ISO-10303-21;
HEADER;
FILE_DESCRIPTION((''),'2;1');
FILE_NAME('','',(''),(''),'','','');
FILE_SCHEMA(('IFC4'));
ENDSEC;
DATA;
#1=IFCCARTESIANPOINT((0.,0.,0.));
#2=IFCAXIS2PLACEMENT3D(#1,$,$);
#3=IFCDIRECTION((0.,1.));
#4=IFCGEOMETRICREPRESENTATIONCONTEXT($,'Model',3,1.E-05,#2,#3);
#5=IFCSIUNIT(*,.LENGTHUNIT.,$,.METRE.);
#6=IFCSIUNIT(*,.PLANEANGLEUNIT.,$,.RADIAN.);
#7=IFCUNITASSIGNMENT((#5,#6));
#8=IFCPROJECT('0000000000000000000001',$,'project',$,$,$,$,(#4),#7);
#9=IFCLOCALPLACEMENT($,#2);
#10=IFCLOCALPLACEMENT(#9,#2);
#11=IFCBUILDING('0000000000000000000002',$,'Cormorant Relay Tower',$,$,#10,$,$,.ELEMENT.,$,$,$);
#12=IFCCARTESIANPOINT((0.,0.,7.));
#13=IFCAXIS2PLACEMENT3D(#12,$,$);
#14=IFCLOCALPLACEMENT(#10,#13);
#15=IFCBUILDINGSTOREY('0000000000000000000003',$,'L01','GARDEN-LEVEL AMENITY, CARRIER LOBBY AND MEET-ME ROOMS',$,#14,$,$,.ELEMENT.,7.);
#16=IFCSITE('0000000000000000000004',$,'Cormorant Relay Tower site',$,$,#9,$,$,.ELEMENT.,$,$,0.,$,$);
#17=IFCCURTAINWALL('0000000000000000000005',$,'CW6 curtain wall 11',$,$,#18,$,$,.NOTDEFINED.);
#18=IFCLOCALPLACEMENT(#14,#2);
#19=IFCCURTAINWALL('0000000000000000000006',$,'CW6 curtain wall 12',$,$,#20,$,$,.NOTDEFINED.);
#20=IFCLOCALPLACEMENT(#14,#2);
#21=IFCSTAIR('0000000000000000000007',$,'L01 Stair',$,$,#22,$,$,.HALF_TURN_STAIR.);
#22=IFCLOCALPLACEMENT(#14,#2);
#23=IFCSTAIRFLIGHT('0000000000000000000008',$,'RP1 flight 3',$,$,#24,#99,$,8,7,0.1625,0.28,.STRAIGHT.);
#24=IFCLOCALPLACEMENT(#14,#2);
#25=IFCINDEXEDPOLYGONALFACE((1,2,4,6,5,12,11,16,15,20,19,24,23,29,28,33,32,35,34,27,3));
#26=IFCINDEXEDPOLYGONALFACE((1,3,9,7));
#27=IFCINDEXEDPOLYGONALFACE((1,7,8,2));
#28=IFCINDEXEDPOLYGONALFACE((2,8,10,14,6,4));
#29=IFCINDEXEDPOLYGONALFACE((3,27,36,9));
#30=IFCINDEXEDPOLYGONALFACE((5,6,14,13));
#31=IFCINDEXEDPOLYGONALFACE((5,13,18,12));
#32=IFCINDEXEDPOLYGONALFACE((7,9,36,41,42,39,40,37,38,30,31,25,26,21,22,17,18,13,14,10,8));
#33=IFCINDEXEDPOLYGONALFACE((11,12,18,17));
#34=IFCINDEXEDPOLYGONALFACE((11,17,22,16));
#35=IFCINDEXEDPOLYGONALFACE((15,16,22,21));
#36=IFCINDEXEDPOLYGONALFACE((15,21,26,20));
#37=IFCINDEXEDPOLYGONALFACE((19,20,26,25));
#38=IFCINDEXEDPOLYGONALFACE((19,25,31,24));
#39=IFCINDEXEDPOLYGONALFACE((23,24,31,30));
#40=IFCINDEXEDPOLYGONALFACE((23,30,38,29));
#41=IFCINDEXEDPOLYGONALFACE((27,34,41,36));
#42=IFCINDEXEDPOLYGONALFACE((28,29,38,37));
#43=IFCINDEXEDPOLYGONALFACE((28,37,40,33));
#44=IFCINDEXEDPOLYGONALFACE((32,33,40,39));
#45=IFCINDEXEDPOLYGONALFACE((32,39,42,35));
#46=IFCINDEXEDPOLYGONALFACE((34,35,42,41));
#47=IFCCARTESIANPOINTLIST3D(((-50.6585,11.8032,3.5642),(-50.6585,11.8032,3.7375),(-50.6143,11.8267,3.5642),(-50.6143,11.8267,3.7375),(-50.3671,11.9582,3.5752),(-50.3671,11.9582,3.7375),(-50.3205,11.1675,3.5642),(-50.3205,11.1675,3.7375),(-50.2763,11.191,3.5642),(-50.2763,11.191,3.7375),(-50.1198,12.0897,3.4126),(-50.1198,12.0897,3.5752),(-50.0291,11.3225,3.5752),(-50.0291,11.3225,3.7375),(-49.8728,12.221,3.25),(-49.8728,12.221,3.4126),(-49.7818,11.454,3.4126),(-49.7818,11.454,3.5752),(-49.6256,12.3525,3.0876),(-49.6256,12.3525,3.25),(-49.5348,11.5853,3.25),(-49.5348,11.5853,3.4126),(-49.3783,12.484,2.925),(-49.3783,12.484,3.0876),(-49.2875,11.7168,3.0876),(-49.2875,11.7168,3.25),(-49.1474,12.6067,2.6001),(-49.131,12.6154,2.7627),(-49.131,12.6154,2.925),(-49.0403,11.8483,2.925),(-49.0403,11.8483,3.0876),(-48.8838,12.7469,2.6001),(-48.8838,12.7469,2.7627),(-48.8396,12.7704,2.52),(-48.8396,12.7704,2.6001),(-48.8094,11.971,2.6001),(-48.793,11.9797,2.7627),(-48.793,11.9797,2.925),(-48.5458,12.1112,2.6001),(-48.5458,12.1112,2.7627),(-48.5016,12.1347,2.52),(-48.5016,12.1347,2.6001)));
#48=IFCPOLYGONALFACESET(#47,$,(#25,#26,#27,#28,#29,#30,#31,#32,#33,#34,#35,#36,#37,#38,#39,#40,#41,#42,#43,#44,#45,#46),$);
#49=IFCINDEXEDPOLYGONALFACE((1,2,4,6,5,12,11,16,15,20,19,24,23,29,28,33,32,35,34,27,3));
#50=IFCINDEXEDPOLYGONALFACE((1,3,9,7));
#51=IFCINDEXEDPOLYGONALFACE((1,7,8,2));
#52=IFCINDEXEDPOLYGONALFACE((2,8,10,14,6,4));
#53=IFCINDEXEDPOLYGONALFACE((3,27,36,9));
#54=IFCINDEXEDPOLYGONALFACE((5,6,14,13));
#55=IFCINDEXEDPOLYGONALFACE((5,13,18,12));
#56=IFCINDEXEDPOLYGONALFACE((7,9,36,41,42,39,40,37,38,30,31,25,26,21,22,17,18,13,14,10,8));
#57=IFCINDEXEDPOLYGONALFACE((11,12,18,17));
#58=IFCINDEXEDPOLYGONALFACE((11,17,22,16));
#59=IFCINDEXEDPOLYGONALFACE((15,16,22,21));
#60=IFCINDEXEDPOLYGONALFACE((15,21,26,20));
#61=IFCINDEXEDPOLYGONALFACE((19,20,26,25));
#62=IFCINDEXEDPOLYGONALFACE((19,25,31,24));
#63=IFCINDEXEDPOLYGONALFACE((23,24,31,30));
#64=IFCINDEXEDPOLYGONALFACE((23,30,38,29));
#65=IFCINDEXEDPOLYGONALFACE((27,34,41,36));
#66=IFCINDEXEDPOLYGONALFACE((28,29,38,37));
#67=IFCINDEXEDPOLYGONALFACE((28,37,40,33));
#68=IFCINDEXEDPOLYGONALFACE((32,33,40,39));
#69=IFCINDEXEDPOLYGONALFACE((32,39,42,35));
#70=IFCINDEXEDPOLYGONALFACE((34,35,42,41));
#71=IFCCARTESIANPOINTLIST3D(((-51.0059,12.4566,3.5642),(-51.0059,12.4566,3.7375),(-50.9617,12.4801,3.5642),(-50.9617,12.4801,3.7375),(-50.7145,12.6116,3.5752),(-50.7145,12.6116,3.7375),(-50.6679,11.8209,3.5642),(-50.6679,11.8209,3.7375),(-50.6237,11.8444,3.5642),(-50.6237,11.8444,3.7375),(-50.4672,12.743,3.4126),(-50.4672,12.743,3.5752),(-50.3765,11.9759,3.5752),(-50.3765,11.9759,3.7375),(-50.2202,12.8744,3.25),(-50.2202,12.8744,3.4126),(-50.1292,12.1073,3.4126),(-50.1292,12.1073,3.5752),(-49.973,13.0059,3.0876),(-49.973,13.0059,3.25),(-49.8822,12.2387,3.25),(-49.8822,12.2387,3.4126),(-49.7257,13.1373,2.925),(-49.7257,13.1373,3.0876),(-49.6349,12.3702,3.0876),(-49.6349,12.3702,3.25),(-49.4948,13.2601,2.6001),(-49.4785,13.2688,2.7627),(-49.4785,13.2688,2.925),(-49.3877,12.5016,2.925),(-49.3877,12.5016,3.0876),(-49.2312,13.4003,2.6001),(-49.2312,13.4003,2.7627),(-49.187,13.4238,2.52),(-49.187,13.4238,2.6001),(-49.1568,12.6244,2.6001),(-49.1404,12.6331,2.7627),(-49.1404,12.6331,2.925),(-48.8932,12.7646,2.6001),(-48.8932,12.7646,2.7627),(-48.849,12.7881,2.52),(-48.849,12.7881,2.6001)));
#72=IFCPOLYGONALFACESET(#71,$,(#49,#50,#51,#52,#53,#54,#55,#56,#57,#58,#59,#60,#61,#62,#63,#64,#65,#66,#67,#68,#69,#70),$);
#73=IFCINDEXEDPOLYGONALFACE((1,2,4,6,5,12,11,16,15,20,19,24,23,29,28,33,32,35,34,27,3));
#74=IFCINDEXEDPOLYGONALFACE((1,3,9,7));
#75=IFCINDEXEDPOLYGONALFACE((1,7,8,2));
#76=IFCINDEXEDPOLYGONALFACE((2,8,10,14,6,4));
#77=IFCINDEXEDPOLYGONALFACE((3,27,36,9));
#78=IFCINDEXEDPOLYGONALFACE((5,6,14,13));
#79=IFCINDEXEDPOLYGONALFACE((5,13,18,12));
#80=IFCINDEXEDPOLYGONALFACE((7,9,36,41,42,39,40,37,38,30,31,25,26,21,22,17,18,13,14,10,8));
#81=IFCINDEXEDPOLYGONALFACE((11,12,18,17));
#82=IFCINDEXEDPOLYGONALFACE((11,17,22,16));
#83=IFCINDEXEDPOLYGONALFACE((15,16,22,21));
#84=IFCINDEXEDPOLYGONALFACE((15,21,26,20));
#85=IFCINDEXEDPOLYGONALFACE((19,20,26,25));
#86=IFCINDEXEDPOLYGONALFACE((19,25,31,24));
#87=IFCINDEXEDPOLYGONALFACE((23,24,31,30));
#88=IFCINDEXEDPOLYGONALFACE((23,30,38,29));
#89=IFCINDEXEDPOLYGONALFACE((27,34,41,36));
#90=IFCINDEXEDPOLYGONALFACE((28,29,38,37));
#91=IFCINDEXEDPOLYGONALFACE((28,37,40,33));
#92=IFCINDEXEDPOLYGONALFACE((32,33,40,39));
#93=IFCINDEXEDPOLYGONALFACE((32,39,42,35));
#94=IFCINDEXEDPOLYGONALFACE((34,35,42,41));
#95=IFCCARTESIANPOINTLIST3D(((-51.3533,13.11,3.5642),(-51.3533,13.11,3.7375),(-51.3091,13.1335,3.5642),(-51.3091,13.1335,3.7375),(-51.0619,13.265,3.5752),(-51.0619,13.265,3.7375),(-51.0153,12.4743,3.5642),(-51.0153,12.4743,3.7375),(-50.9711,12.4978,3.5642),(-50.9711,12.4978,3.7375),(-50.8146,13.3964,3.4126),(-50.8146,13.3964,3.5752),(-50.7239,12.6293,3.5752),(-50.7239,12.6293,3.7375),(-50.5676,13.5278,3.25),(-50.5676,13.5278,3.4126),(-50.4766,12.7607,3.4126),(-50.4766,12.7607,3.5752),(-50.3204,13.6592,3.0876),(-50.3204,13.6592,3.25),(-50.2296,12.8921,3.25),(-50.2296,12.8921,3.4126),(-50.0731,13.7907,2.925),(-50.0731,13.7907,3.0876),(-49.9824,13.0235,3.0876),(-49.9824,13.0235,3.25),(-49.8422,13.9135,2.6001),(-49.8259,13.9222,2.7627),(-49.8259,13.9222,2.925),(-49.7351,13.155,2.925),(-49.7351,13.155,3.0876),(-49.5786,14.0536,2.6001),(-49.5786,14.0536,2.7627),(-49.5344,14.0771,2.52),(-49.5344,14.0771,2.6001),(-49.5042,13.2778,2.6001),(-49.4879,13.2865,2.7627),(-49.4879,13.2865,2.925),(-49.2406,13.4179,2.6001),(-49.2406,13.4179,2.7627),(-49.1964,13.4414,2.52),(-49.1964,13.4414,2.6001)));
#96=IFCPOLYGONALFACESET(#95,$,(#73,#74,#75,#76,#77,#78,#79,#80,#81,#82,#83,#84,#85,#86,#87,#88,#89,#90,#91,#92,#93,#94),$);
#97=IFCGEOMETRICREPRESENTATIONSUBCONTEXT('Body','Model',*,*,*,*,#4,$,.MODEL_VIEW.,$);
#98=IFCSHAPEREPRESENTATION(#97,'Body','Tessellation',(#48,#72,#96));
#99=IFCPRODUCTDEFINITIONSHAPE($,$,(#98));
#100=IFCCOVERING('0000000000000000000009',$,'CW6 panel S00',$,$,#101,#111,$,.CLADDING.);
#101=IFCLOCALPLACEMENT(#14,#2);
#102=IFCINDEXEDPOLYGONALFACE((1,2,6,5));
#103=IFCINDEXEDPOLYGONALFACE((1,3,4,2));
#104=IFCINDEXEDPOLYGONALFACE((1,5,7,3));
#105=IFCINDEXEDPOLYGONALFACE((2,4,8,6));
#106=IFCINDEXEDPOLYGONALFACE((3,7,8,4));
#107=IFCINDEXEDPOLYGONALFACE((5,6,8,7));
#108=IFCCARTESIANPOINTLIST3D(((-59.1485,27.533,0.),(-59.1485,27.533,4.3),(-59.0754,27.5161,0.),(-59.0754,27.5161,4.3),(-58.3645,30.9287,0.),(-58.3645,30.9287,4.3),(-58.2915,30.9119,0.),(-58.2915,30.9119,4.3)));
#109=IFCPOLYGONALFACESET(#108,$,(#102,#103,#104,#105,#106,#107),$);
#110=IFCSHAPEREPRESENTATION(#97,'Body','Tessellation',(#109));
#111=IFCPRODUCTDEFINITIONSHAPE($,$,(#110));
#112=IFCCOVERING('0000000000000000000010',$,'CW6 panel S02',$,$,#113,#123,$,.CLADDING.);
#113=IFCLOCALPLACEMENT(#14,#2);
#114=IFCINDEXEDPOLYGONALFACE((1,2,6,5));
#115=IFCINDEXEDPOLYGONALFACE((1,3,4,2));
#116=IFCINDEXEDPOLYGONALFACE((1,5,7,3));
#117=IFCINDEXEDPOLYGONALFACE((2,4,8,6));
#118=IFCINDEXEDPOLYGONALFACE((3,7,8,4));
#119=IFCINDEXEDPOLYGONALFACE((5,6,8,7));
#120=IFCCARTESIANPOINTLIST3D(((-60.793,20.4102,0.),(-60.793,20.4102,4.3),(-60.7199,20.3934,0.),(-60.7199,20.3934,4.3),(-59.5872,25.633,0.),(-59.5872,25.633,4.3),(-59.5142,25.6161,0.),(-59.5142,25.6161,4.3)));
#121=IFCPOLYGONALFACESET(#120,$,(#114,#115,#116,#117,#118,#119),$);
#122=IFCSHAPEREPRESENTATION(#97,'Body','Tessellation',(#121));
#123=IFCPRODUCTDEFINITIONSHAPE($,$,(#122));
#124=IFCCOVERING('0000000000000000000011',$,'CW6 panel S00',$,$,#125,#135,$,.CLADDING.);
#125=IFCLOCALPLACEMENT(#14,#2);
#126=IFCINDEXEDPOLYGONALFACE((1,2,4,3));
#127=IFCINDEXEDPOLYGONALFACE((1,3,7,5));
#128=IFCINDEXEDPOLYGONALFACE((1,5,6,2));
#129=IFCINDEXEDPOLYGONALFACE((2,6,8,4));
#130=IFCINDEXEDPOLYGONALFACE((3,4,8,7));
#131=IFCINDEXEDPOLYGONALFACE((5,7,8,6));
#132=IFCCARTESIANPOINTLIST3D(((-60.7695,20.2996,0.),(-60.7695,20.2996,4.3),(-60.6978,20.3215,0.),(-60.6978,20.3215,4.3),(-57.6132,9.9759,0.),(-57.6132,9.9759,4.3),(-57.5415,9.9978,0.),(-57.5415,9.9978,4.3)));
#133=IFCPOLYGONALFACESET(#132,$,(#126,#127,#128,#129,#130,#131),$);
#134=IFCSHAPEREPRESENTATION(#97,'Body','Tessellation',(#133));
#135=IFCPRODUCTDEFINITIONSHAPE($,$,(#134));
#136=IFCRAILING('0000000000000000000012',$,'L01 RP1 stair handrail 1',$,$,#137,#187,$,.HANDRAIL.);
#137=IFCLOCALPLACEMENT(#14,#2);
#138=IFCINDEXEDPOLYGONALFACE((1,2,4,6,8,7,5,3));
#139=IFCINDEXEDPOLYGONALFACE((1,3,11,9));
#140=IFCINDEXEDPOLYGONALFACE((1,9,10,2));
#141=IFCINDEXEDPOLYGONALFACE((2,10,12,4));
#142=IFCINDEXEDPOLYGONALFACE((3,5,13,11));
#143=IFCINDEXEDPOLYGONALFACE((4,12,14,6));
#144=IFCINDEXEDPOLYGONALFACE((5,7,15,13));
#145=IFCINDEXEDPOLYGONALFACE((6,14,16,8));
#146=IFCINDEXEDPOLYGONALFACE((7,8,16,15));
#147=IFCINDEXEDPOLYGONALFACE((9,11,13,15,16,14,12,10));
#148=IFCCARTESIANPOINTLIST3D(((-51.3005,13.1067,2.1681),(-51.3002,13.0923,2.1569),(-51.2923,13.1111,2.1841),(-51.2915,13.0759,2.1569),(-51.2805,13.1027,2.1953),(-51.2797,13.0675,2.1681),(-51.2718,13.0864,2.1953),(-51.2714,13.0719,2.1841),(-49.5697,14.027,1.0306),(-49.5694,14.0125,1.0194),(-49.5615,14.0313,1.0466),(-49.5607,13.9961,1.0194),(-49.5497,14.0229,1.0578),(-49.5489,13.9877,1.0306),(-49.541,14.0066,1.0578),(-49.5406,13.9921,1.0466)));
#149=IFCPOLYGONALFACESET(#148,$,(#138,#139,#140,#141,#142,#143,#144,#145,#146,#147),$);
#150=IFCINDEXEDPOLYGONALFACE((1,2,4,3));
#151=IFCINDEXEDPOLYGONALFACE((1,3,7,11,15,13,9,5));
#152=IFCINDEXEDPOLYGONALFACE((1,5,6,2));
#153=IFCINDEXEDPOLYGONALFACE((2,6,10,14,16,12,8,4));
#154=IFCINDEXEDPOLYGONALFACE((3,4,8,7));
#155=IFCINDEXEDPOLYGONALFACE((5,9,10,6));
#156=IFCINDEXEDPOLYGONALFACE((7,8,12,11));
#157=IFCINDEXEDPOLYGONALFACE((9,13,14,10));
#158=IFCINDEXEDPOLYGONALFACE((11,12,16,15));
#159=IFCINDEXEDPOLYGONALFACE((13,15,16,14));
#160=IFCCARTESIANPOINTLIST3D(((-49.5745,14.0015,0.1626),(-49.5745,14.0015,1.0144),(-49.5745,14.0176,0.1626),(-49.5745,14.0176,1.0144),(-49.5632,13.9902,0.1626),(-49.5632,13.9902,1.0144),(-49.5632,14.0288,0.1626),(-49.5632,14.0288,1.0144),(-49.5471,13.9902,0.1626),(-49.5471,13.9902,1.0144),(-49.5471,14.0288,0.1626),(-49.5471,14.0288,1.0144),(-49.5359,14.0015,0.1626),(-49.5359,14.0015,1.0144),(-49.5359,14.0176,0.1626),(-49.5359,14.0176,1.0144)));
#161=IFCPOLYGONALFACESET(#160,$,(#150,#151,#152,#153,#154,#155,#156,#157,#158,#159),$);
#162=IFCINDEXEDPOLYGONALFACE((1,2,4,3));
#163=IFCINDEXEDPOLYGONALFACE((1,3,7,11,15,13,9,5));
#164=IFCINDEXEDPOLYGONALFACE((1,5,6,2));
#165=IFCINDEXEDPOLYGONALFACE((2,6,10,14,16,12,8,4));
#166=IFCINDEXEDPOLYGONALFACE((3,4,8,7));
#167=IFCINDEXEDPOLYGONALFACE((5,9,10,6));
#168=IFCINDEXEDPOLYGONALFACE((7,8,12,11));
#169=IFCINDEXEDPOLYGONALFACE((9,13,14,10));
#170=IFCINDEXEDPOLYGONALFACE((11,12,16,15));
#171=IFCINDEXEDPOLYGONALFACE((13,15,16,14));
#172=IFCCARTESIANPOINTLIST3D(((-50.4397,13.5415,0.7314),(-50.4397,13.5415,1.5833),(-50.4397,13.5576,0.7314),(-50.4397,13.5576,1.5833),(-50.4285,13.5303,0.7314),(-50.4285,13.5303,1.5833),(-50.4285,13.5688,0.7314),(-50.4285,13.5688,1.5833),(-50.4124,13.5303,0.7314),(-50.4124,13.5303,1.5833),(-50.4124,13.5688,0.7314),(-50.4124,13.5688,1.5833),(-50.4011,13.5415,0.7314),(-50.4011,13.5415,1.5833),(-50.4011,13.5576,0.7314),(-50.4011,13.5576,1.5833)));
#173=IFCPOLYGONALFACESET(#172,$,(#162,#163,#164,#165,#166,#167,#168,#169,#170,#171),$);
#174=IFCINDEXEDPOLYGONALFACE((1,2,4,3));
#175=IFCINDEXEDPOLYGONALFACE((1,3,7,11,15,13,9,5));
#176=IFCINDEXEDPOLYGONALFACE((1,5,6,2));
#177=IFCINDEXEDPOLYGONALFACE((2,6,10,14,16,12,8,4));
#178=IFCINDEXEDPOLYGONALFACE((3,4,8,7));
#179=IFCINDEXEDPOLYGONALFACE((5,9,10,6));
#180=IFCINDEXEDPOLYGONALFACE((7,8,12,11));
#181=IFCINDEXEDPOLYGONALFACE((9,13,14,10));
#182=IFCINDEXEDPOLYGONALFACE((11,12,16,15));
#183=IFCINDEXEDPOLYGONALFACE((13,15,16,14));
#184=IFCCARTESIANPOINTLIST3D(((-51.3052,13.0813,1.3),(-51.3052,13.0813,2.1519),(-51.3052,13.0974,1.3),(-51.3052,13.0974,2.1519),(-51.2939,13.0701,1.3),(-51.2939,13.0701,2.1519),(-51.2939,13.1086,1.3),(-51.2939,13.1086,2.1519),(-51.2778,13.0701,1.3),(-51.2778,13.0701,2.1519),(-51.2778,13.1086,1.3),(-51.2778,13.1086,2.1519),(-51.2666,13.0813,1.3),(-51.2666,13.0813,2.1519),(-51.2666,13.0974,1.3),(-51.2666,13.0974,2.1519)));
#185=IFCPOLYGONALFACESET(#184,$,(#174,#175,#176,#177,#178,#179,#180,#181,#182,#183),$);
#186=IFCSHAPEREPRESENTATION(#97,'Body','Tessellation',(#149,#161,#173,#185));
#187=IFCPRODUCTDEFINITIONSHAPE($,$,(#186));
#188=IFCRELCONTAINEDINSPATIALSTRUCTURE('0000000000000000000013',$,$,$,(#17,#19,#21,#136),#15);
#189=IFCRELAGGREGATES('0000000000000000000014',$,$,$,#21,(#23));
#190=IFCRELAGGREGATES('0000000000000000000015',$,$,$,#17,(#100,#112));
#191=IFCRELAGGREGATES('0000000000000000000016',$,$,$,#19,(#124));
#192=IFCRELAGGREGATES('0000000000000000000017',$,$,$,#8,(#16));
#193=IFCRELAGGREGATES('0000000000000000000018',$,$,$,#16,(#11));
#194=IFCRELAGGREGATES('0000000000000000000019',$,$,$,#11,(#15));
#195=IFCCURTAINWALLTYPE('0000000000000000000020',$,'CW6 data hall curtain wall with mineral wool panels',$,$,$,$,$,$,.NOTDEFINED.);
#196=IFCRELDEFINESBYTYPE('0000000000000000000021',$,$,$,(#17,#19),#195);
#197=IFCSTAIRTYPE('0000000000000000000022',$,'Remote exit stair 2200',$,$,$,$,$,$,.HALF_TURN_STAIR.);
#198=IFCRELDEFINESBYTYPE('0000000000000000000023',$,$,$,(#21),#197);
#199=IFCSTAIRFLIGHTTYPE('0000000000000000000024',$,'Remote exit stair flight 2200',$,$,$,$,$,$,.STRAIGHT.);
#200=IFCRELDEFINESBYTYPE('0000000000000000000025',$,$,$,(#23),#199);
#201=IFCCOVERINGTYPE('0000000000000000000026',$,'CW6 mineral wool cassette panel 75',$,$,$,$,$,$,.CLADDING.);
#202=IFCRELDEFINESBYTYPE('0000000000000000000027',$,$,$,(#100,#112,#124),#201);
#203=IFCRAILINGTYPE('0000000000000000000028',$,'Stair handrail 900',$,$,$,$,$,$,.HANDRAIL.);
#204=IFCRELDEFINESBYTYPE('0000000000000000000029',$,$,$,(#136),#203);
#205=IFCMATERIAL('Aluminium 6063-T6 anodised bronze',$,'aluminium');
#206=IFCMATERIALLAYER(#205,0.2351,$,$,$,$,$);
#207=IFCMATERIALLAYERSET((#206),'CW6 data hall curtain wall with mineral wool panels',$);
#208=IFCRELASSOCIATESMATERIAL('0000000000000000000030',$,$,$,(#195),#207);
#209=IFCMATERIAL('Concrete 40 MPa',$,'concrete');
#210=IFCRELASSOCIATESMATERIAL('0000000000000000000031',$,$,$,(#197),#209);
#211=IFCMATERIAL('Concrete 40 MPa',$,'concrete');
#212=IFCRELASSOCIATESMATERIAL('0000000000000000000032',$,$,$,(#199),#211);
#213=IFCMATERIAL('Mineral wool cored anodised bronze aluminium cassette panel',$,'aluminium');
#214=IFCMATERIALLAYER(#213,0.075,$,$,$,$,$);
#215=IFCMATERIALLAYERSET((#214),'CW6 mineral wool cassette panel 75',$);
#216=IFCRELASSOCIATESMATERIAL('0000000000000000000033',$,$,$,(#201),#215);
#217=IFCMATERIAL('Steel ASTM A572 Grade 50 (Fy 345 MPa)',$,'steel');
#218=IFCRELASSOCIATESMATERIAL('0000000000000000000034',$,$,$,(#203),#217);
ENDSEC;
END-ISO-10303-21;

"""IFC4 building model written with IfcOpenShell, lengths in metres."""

from ifc_helpers import new_model, si_unit, direction, frame, origin, origin_2d, place, context, subcontext, project, spatial, polyline, rectangle, outline, extrude, material, layer, layer_set, type_object, element, aggregate, save


model = new_model("IFC4")

# Units and contexts
model_context = context("Model", 3, precision=1e-05, world=origin(), true_north=direction((0.0, 1.0)))
body_context = subcontext(model_context, "Body", "Model", "MODEL_VIEW")
ifc_project = project(units=[si_unit("LENGTHUNIT", "METRE"), si_unit("PLANEANGLEUNIT", "RADIAN")], contexts=[model_context])

# Site, building, storey
site_placement = place(None, origin())
site = spatial("IfcSite", under=ifc_project, at=site_placement, Name="Cormorant Relay Tower site", CompositionType="ELEMENT", RefElevation=0.0)
building_placement = place(site_placement, origin())
building = spatial("IfcBuilding", under=site, at=building_placement, Name="Cormorant Relay Tower", CompositionType="ELEMENT")
storey_placement = place(building_placement, frame((0.0, 0.0, 7.0)))
storey = spatial("IfcBuildingStorey", under=building, at=storey_placement, Name="L01", Description="GARDEN-LEVEL AMENITY, CARRIER LOBBY AND MEET-ME ROOMS", CompositionType="ELEMENT", Elevation=7.0)

# Curtain wall
ifc_material_1 = material(Name="Aluminium 6063-T6 anodised bronze", Category="aluminium")
ifc_layer_1 = layer(ifc_material_1, 0.2351)
ifc_layer_set_1 = layer_set([ifc_layer_1], Name="CW6 data hall curtain wall with mineral wool panels")
curtain_wall_type = type_object("IfcCurtainWallType", Name="CW6 data hall curtain wall with mineral wool panels", PredefinedType="NOTDEFINED", material=ifc_layer_set_1)
curtain_wall_1_placement = place(storey_placement, origin())
curtain_wall_1 = element("IfcCurtainWall", 1, at=curtain_wall_1_placement, inside=storey, type_object=curtain_wall_type, Name="CW6 curtain wall 11", PredefinedType="NOTDEFINED")

# Curtain wall
curtain_wall_2_placement = place(storey_placement, origin())
curtain_wall_2 = element("IfcCurtainWall", 2, at=curtain_wall_2_placement, inside=storey, type_object=curtain_wall_type, Name="CW6 curtain wall 12", PredefinedType="NOTDEFINED")

# Stair, stair flight
ifc_material_2 = material(Name="Concrete 40 MPa", Category="concrete")
stair_type = type_object("IfcStairType", Name="Remote exit stair 2200", PredefinedType="HALF_TURN_STAIR", material=ifc_material_2)
stair_placement = place(storey_placement, origin())
stair = element("IfcStair", 3, at=stair_placement, inside=storey, type_object=stair_type, Name="L01 Stair", PredefinedType="HALF_TURN_STAIR")
ifc_material_3 = material(Name="Concrete 40 MPa", Category="concrete")
stair_flight_type = type_object("IfcStairFlightType", Name="Remote exit stair flight 2200", PredefinedType="STRAIGHT", material=ifc_material_3)
stair_flight_placement = place(storey_placement, frame((-49.0623, 13.0825, 2.6001), z_axis=(0.0, 0.0, 1.0), x_axis=(-0.882948, -0.469472, 0.0)))
stair_flight = element("IfcStairFlight", 4, at=stair_flight_placement, type_object=stair_flight_type, Name="RP1 flight 3", NumberOfRisers=8, NumberOfTreads=7, PredefinedType="STRAIGHT", RiserHeight=0.1625, TreadLength=0.28, context=body_context, shape_type="SweptSolid", body=[
    extrude(outline(polyline([(-0.05, -0.0801), (-0.05, 0.0), (0.0, 0.0), (0.0, 0.1626), (0.28, 0.1626), (0.28, 0.325), (0.5601, 0.325), (0.5601, 0.4875), (0.8401, 0.4875), (0.8401, 0.6499), (1.1201, 0.6499), (1.1201, 0.8125), (1.3999, 0.8125), (1.3999, 0.9751), (1.6799, 0.9751), (1.6799, 1.1375), (1.96, 1.1375), (2.01, 1.1375), (2.01, 0.9641), (1.96, 0.9641), (0.2986, 0.0), (-0.05, -0.0801)])), frame((0.0, 1.1001, 0.0), z_axis=(0.0, -1.0, 0.0), x_axis=(1.0, 0.0, 0.0)), (0.0, 0.0, 1.0), 0.72),
    extrude(outline(polyline([(-0.05, -0.0801), (-0.05, 0.0), (0.0, 0.0), (0.0, 0.1626), (0.28, 0.1626), (0.28, 0.325), (0.5601, 0.325), (0.5601, 0.4875), (0.8401, 0.4875), (0.8401, 0.6499), (1.1201, 0.6499), (1.1201, 0.8125), (1.3999, 0.8125), (1.3999, 0.9751), (1.6799, 0.9751), (1.6799, 1.1375), (1.96, 1.1375), (2.01, 1.1375), (2.01, 0.9641), (1.96, 0.9641), (0.2986, 0.0), (-0.05, -0.0801)])), frame((0.0, 0.3601, 0.0), z_axis=(0.0, -1.0, 0.0), x_axis=(1.0, 0.0, 0.0)), (0.0, 0.0, 1.0), 0.72),
    extrude(outline(polyline([(-0.05, -0.0801), (-0.05, 0.0), (0.0, 0.0), (0.0, 0.1626), (0.28, 0.1626), (0.28, 0.325), (0.5601, 0.325), (0.5601, 0.4875), (0.8401, 0.4875), (0.8401, 0.6499), (1.1201, 0.6499), (1.1201, 0.8125), (1.3999, 0.8125), (1.3999, 0.9751), (1.6799, 0.9751), (1.6799, 1.1375), (1.96, 1.1375), (2.01, 1.1375), (2.01, 0.9641), (1.96, 0.9641), (0.2986, 0.0), (-0.05, -0.0801)])), frame((0.0, -0.3799, 0.0), z_axis=(0.0, -1.0, 0.0), x_axis=(1.0, 0.0, 0.0)), (0.0, 0.0, 1.0), 0.72),
])
aggregate(stair, [stair_flight])

# Coverings
ifc_material_4 = material(Name="Mineral wool cored anodised bronze aluminium cassette panel", Category="aluminium")
ifc_layer_2 = layer(ifc_material_4, 0.075)
ifc_layer_set_2 = layer_set([ifc_layer_2], Name="CW6 mineral wool cassette panel 75")
covering_type = type_object("IfcCoveringType", Name="CW6 mineral wool cassette panel 75", PredefinedType="CLADDING", material=ifc_layer_set_2)
covering_1_placement = place(storey_placement, frame((-58.72, 29.2224, 0.0), z_axis=(0.0, 0.0, 1.0), x_axis=(-0.224951, -0.97437, 0.0)))
covering_1 = element("IfcCovering", 5, at=covering_1_placement, type_object=covering_type, Name="CW6 panel S00", PredefinedType="CLADDING", context=body_context, shape_type="SweptSolid", body=[
    extrude(rectangle(XDim=3.4851, YDim=0.075, at=origin_2d()), origin(), (0.0, 0.0, 1.0), 4.3),
])
covering_2_placement = place(storey_placement, frame((-60.1536, 23.0132, 0.0), z_axis=(0.0, 0.0, 1.0), x_axis=(-0.224951, -0.97437, 0.0)))
covering_2 = element("IfcCovering", 6, at=covering_2_placement, type_object=covering_type, Name="CW6 panel S02", PredefinedType="CLADDING", context=body_context, shape_type="SweptSolid", body=[
    extrude(rectangle(XDim=5.3601, YDim=0.075, at=origin_2d()), origin(), (0.0, 0.0, 1.0), 4.3),
])
aggregate(curtain_wall_1, [covering_1, covering_2])
covering_3_placement = place(storey_placement, frame((-59.1555, 15.1487, 0.0), z_axis=(0.0, 0.0, 1.0), x_axis=(0.292372, -0.956305, 0.0)))
covering_3 = element("IfcCovering", 7, at=covering_3_placement, type_object=covering_type, Name="CW6 panel S00", PredefinedType="CLADDING", context=body_context, shape_type="SweptSolid", body=[
    extrude(rectangle(XDim=10.7954, YDim=0.075, at=origin_2d()), origin(), (0.0, 0.0, 1.0), 4.3),
])
aggregate(curtain_wall_2, [covering_3])

# Railing
ifc_material_5 = material(Name="Steel ASTM A572 Grade 50 (Fy 345 MPa)", Category="steel")
railing_type = type_object("IfcRailingType", Name="Stair handrail 900", PredefinedType="HANDRAIL", material=ifc_material_5)
for number, where, name in (
    (8, (-49.5552, 14.0095, 0.1626), "L01 RP1 stair handrail 1"),
):
    element("IfcRailing", number, at=place(storey_placement, frame(where)), inside=storey, type_object=railing_type, Name=name, PredefinedType="HANDRAIL", context=body_context, shape_type="SweptSolid", body=[
        extrude(outline(polyline([(0.0222, 0.0093), (0.0093, 0.0222), (-0.0093, 0.0222), (-0.0222, 0.0093), (-0.0222, -0.0093), (-0.0093, -0.0222), (0.0093, -0.0222), (0.0222, -0.0093), (0.0222, 0.0093)])), frame((0.0, 0.0, 0.876), z_axis=(-0.763692, -0.406031, 0.50191), x_axis=(0.469444, -0.882962, 0.0)), (0.0, 0.0, 1.0), 2.2664),
        extrude(outline(polyline([(0.0193, 0.0081), (0.0081, 0.0193), (-0.0081, 0.0193), (-0.0193, 0.0081), (-0.0193, -0.0081), (-0.0081, -0.0193), (0.0081, -0.0193), (0.0193, -0.0081), (0.0193, 0.0081)])), origin(), (0.0, 0.0, 1.0), 0.8518),
        extrude(outline(polyline([(0.0193, 0.0081), (0.0081, 0.0193), (-0.0081, 0.0193), (-0.0193, 0.0081), (-0.0193, -0.0081), (-0.0081, -0.0193), (0.0081, -0.0193), (0.0193, -0.0081), (0.0193, 0.0081)])), frame((-0.8652, -0.46, 0.5688)), (0.0, 0.0, 1.0), 0.8518),
        extrude(outline(polyline([(0.0193, 0.0081), (0.0081, 0.0193), (-0.0081, 0.0193), (-0.0193, 0.0081), (-0.0193, -0.0081), (-0.0081, -0.0193), (0.0081, -0.0193), (0.0193, -0.0081), (0.0193, 0.0081)])), frame((-1.7307, -0.9202, 1.1375)), (0.0, 0.0, 1.0), 0.8518),
    ])

save(model, "model.ifc")
